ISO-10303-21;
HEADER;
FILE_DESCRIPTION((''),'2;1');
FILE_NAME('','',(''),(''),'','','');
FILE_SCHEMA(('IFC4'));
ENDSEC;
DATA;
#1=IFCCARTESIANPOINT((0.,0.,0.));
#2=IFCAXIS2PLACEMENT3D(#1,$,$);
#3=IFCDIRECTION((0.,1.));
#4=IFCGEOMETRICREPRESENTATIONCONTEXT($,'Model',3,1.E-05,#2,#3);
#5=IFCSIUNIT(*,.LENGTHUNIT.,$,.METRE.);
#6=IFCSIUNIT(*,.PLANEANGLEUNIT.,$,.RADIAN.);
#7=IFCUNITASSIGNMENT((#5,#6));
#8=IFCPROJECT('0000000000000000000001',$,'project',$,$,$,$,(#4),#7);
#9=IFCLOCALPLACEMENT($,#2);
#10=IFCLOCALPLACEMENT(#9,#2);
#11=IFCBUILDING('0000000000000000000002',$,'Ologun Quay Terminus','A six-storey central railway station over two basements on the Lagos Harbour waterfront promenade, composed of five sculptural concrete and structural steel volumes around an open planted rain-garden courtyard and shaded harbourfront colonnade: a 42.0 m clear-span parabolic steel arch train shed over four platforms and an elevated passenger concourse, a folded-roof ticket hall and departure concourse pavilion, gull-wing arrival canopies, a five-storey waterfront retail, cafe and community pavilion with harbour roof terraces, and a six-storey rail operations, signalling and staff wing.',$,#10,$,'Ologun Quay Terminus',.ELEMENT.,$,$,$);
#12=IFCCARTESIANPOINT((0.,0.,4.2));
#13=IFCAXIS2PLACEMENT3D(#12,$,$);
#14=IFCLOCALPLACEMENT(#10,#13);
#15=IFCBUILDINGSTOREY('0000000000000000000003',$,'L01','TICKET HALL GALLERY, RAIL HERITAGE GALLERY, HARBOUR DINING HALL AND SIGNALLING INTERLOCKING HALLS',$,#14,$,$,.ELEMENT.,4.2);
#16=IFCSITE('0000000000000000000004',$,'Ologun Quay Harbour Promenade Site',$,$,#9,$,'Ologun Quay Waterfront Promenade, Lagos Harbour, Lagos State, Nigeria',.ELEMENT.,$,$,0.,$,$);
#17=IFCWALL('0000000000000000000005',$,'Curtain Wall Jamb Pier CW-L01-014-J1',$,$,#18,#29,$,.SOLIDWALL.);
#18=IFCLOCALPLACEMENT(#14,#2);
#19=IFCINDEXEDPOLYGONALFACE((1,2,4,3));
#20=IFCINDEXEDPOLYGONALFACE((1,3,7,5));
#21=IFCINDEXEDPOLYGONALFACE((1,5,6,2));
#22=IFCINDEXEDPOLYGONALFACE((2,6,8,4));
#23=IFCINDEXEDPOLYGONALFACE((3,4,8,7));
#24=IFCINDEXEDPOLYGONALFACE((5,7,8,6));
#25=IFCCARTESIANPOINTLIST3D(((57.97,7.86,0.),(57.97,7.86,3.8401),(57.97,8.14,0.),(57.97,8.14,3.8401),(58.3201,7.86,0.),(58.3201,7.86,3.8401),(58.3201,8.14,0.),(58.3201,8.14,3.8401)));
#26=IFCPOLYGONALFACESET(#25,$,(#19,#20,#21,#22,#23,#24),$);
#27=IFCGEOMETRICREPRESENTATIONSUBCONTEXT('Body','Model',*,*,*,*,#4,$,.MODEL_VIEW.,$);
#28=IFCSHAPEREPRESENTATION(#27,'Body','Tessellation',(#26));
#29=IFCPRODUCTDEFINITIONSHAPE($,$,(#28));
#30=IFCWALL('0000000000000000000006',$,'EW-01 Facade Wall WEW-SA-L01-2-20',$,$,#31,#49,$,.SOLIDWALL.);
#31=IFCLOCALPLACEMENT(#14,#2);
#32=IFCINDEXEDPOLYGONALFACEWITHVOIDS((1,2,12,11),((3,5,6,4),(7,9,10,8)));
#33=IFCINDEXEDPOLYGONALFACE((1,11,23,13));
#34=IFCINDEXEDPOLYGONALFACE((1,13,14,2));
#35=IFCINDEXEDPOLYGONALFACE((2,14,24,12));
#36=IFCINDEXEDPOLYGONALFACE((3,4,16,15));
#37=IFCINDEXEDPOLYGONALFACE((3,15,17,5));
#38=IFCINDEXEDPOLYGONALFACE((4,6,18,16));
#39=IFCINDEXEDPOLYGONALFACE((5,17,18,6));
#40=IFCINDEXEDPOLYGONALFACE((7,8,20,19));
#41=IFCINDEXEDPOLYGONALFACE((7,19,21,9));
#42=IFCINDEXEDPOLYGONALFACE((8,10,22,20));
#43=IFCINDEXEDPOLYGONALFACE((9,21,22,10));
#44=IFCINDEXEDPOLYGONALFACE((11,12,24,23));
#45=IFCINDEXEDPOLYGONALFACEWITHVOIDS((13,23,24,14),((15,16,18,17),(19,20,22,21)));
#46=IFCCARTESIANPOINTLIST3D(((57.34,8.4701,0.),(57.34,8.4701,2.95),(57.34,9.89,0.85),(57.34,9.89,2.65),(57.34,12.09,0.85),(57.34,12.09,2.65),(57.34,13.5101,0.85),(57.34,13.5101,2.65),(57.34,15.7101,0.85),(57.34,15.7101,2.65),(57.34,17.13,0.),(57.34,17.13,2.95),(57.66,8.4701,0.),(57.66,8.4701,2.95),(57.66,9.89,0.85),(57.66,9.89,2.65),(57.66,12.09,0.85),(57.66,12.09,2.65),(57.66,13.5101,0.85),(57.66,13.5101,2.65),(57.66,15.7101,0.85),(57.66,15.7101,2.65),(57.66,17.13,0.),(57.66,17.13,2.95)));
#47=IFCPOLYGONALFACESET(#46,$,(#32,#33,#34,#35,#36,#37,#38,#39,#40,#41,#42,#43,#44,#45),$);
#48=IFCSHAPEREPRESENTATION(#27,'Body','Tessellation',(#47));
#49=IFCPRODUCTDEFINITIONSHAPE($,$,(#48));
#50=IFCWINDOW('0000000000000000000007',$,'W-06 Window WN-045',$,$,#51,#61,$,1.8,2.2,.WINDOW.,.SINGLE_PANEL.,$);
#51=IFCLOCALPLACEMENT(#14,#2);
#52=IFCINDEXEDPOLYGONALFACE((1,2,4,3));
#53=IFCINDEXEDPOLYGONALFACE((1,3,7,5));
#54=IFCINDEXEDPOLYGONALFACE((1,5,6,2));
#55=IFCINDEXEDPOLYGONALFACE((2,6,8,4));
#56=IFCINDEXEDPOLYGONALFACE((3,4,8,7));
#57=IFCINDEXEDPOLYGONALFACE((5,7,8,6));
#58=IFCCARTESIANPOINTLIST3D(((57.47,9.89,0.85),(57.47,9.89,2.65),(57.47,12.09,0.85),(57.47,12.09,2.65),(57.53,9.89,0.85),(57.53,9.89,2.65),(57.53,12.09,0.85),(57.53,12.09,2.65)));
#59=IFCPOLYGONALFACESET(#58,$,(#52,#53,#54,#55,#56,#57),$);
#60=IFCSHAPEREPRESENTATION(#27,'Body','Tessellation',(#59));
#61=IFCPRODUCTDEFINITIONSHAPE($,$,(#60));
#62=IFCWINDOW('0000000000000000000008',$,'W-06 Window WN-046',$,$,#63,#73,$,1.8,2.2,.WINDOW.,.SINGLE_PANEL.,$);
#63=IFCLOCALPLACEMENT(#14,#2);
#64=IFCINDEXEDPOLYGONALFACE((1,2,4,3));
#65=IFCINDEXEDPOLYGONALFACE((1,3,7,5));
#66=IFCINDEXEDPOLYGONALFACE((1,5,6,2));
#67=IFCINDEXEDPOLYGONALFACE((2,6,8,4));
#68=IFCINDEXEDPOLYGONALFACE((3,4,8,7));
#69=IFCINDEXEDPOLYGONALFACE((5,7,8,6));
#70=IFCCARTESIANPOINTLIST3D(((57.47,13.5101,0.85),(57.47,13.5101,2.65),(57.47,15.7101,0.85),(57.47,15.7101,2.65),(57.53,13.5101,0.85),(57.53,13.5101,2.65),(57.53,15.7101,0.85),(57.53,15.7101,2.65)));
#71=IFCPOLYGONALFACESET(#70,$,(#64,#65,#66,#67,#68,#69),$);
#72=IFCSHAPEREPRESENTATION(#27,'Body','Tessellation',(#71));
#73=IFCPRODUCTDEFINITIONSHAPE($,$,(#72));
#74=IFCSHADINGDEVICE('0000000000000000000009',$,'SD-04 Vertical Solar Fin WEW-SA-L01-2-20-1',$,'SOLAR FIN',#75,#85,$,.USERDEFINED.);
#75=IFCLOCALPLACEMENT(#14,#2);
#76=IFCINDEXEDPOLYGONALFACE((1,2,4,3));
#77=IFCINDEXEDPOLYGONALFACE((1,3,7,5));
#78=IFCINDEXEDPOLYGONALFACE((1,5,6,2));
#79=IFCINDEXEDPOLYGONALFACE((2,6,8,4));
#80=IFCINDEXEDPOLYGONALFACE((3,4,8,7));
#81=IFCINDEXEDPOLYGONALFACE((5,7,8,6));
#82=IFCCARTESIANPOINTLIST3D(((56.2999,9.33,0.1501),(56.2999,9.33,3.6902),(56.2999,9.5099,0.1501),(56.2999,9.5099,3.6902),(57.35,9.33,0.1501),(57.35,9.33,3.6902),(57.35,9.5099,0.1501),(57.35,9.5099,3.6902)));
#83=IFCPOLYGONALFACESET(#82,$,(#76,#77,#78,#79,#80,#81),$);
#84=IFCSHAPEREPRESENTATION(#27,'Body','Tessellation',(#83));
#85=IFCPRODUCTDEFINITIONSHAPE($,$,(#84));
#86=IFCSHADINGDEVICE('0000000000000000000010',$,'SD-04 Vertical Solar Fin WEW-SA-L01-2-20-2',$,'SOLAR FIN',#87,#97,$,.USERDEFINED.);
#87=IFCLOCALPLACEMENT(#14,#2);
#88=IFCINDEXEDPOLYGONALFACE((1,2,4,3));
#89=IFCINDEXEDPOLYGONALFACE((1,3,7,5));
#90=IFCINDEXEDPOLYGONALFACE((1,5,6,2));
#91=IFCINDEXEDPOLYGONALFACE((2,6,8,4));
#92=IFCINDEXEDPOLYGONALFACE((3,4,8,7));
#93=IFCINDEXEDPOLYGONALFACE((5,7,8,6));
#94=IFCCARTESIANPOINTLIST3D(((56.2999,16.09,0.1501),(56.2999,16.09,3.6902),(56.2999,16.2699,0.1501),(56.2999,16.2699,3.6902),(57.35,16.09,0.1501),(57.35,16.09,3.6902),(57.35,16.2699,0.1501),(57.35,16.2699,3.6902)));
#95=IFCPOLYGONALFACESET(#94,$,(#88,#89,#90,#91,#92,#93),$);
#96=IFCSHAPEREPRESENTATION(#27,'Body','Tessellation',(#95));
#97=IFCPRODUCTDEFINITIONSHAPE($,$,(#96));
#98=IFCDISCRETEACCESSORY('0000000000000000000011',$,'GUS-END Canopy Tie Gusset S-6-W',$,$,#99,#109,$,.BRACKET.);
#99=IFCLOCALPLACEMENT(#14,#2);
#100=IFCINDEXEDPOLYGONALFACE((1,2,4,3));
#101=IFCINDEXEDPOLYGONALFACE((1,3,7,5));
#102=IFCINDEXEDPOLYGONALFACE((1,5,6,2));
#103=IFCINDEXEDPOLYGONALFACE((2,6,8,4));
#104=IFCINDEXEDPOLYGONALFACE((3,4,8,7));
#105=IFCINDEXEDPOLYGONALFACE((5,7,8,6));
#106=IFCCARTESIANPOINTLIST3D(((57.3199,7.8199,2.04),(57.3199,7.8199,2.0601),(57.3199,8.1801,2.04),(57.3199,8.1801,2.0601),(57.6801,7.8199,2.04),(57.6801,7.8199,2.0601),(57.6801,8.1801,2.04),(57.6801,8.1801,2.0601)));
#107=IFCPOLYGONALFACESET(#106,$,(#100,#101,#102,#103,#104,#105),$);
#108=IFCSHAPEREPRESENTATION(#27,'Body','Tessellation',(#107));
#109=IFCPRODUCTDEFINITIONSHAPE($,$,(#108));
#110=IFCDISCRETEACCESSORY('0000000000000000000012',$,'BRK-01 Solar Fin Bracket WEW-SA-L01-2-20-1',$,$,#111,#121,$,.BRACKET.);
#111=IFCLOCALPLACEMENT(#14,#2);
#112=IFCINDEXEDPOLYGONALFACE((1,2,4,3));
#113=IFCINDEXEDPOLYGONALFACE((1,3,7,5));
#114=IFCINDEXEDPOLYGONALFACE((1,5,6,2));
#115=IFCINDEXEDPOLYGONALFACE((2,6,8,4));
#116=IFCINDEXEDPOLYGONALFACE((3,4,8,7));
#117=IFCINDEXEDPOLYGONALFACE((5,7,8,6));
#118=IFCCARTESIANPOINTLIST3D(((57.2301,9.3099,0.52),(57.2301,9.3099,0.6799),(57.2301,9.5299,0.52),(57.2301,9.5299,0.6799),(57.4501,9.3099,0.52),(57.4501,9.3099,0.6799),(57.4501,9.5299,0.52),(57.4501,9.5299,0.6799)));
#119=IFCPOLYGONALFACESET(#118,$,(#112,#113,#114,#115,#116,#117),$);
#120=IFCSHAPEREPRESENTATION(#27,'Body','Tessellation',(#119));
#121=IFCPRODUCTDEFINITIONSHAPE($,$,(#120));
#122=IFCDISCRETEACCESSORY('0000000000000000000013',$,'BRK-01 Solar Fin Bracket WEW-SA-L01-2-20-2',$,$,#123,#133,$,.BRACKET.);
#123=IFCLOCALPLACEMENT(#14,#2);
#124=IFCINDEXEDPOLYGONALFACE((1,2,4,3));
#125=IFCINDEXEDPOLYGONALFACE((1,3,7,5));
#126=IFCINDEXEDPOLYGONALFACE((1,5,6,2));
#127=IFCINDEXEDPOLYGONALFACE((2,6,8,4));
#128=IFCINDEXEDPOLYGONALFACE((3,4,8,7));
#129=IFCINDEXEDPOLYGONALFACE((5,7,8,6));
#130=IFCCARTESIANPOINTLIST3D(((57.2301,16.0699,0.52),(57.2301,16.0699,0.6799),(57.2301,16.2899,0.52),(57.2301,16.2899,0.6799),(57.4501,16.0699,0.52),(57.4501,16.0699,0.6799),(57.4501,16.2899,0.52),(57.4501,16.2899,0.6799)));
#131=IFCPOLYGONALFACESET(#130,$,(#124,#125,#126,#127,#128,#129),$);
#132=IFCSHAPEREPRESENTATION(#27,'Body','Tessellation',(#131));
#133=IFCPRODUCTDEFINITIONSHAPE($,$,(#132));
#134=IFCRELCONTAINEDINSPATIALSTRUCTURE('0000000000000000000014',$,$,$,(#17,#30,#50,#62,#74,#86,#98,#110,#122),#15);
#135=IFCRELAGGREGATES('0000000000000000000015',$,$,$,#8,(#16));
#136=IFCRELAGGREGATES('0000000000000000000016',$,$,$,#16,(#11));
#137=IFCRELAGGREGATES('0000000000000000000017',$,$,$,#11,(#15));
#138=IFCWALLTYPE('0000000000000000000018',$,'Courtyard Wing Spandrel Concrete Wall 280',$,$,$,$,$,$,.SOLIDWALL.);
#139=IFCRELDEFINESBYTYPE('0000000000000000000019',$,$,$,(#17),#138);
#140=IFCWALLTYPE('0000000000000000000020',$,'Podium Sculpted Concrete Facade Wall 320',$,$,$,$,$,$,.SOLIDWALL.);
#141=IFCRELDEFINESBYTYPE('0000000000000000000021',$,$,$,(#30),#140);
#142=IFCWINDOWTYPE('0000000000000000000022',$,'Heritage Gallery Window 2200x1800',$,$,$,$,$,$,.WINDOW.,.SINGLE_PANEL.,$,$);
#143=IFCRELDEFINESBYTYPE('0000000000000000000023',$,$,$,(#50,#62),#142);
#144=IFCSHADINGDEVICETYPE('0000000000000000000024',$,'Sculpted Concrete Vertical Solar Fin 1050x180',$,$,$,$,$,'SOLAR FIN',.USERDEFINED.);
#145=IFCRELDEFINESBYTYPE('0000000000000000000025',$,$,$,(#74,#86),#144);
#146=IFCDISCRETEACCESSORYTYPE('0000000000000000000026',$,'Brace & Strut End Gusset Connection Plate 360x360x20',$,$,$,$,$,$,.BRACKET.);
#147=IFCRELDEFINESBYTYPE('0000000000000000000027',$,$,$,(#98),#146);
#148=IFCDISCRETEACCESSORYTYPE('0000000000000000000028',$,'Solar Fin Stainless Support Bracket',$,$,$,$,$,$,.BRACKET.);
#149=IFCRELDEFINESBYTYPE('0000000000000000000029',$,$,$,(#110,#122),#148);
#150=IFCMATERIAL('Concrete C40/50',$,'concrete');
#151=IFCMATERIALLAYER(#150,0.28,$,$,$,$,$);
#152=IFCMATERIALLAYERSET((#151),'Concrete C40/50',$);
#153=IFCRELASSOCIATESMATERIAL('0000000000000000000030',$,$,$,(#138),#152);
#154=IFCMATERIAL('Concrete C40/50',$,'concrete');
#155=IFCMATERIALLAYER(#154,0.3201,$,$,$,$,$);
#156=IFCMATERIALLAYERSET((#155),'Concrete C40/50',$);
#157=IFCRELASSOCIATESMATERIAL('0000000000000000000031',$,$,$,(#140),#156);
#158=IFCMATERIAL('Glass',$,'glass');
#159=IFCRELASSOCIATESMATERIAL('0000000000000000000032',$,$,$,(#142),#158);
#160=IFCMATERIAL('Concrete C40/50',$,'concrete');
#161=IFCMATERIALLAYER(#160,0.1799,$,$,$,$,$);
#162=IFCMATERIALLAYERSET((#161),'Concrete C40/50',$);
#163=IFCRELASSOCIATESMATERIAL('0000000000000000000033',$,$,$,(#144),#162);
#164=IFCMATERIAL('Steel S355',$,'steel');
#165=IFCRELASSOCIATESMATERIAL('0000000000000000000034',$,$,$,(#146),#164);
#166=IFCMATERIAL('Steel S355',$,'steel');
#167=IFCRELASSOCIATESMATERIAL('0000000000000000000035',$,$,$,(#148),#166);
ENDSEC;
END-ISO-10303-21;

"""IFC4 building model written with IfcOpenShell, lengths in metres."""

from ifc_helpers import new_model, si_unit, direction, frame, frame_2d, origin, origin_2d, place, context, subcontext, project, spatial, rectangle, extrude, material, layer, layer_set, type_object, element, fill, save


model = new_model("IFC4")

# Units and contexts
model_context = context("Model", 3, precision=1e-05, world=origin(), true_north=direction((0.0, 1.0)))
body_context = subcontext(model_context, "Body", "Model", "MODEL_VIEW")
ifc_project = project(units=[si_unit("LENGTHUNIT", "METRE"), si_unit("PLANEANGLEUNIT", "RADIAN")], contexts=[model_context])

# Site, building, storey
site_placement = place(None, origin())
site = spatial("IfcSite", under=ifc_project, at=site_placement, Name="Ologun Quay Harbour Promenade Site", LongName="Ologun Quay Waterfront Promenade, Lagos Harbour, Lagos State, Nigeria", CompositionType="ELEMENT", RefElevation=0.0)
building_placement = place(site_placement, origin())
building = spatial("IfcBuilding", under=site, at=building_placement, Name="Ologun Quay Terminus", Description="A six-storey central railway station over two basements on the Lagos Harbour waterfront promenade, composed of five sculptural concrete and structural steel volumes around an open planted rain-garden courtyard and shaded harbourfront colonnade: a 42.0 m clear-span parabolic steel arch train shed over four platforms and an elevated passenger concourse, a folded-roof ticket hall and departure concourse pavilion, gull-wing arrival canopies, a five-storey waterfront retail, cafe and community pavilion with harbour roof terraces, and a six-storey rail operations, signalling and staff wing.", LongName="Ologun Quay Terminus", CompositionType="ELEMENT")
storey_placement = place(building_placement, frame((0.0, 0.0, 4.2)))
storey = spatial("IfcBuildingStorey", under=building, at=storey_placement, Name="L01", Description="TICKET HALL GALLERY, RAIL HERITAGE GALLERY, HARBOUR DINING HALL AND SIGNALLING INTERLOCKING HALLS", CompositionType="ELEMENT", Elevation=4.2)

# Wall
ifc_material_1 = material(Name="Concrete C40/50", Category="concrete")
ifc_layer_1 = layer(ifc_material_1, 0.28)
ifc_layer_set_1 = layer_set([ifc_layer_1], Name="Concrete C40/50")
wall_type_1 = type_object("IfcWallType", Name="Courtyard Wing Spandrel Concrete Wall 280", PredefinedType="SOLIDWALL", material=ifc_layer_set_1)
wall_1_placement = place(storey_placement, frame((57.97, 8.0, 0.0), z_axis=(0.0, 0.0, 1.0), x_axis=(1.0, 0.0, 0.0)))
element("IfcWall", 1, at=wall_1_placement, inside=storey, type_object=wall_type_1, Name="Curtain Wall Jamb Pier CW-L01-014-J1", PredefinedType="SOLIDWALL", context=body_context, shape_type="SweptSolid", body=[
    extrude(rectangle(XDim=0.3501, YDim=0.28, at=frame_2d((0.175, 0.0))), origin(), (0.0, 0.0, 1.0), 3.8401),
])

# Wall, openings, windows
ifc_material_2 = material(Name="Concrete C40/50", Category="concrete")
ifc_layer_2 = layer(ifc_material_2, 0.3201)
ifc_layer_set_2 = layer_set([ifc_layer_2], Name="Concrete C40/50")
wall_type_2 = type_object("IfcWallType", Name="Podium Sculpted Concrete Facade Wall 320", PredefinedType="SOLIDWALL", material=ifc_layer_set_2)
wall_2_placement = place(storey_placement, frame((57.5, 8.47, 0.0), z_axis=(0.0, 0.0, 1.0), x_axis=(0.0, 1.0, 0.0)))
wall_2 = element("IfcWall", 2, at=wall_2_placement, inside=storey, type_object=wall_type_2, Name="EW-01 Facade Wall WEW-SA-L01-2-20", PredefinedType="SOLIDWALL", context=body_context, shape_type="SweptSolid", body=[
    extrude(rectangle(XDim=8.6599, YDim=0.3201, at=frame_2d((4.3301, 0.0))), origin(), (0.0, 0.0, 1.0), 2.95),
])
opening_1_placement = place(wall_2_placement, frame((1.4199, 0.0, 0.8501)))
opening_1 = element("IfcOpeningElement", 3, at=opening_1_placement, cuts=wall_2, PredefinedType="OPENING", context=body_context, shape_type="SweptSolid", body=[
    extrude(rectangle(XDim=2.2, YDim=1.8, at=frame_2d((1.1001, 0.8999))), frame((0.0, 0.1699, 0.0), z_axis=(0.0, -1.0, 0.0), x_axis=(1.0, 0.0, 0.0)), (0.0, 0.0, 1.0), 0.3401),
])
opening_2_placement = place(wall_2_placement, frame((5.04, 0.0, 0.8501)))
opening_2 = element("IfcOpeningElement", 4, at=opening_2_placement, cuts=wall_2, PredefinedType="OPENING", context=body_context, shape_type="SweptSolid", body=[
    extrude(rectangle(XDim=2.2, YDim=1.8, at=frame_2d((1.1001, 0.8999))), frame((0.0, 0.1699, 0.0), z_axis=(0.0, -1.0, 0.0), x_axis=(1.0, 0.0, 0.0)), (0.0, 0.0, 1.0), 0.3401),
])
ifc_material_3 = material(Name="Glass", Category="glass")
window_type = type_object("IfcWindowType", Name="Heritage Gallery Window 2200x1800", PartitioningType="SINGLE_PANEL", PredefinedType="WINDOW", material=ifc_material_3)
window_1_placement = place(opening_1_placement, origin())
window_1 = element("IfcWindow", 5, at=window_1_placement, inside=storey, type_object=window_type, Name="W-06 Window WN-045", OverallHeight=1.8, OverallWidth=2.2, PartitioningType="SINGLE_PANEL", PredefinedType="WINDOW", context=body_context, shape_type="SweptSolid", body=[
    extrude(rectangle(XDim=2.2, YDim=1.8, at=frame_2d((1.1001, 0.8999))), frame((0.0, 0.03, 0.0), z_axis=(0.0, -1.0, 0.0), x_axis=(1.0, 0.0, 0.0)), (0.0, 0.0, 1.0), 0.0601),
])
fill(opening_1, window_1)
window_2_placement = place(opening_2_placement, origin())
window_2 = element("IfcWindow", 6, at=window_2_placement, inside=storey, type_object=window_type, Name="W-06 Window WN-046", OverallHeight=1.8, OverallWidth=2.2, PartitioningType="SINGLE_PANEL", PredefinedType="WINDOW", context=body_context, shape_type="SweptSolid", body=[
    extrude(rectangle(XDim=2.2, YDim=1.8, at=frame_2d((1.1001, 0.8999))), frame((0.0, 0.03, 0.0), z_axis=(0.0, -1.0, 0.0), x_axis=(1.0, 0.0, 0.0)), (0.0, 0.0, 1.0), 0.0601),
])
fill(opening_2, window_2)

# Shading devices
ifc_material_4 = material(Name="Concrete C40/50", Category="concrete")
ifc_layer_3 = layer(ifc_material_4, 0.1799)
ifc_layer_set_3 = layer_set([ifc_layer_3], Name="Concrete C40/50")
shading_device_type = type_object("IfcShadingDeviceType", Name="Sculpted Concrete Vertical Solar Fin 1050x180", ElementType="SOLAR FIN", PredefinedType="USERDEFINED", material=ifc_layer_set_3)
for number, where, z_axis, x_axis, name in (
    (7, (56.825, 9.4199, 0.1501), (0.0, 0.0, 1.0), (1.0, 0.0, 0.0), "SD-04 Vertical Solar Fin WEW-SA-L01-2-20-1"),
    (8, (56.825, 16.1799, 0.1501), (0.0, 0.0, 1.0), (1.0, 0.0, 0.0), "SD-04 Vertical Solar Fin WEW-SA-L01-2-20-2"),
):
    element("IfcShadingDevice", number, at=place(storey_placement, frame(where, z_axis=z_axis, x_axis=x_axis)), inside=storey, type_object=shading_device_type, Name=name, ObjectType="SOLAR FIN", PredefinedType="USERDEFINED", context=body_context, shape_type="SweptSolid", body=[
        extrude(rectangle(XDim=1.05, YDim=0.1799, at=origin_2d()), origin(), (0.0, 0.0, 1.0), 3.54),
    ])

# Discrete accessories
ifc_material_5 = material(Name="Steel S355", Category="steel")
discrete_accessory_type_1 = type_object("IfcDiscreteAccessoryType", Name="Brace & Strut End Gusset Connection Plate 360x360x20", PredefinedType="BRACKET", material=ifc_material_5)
discrete_accessory_placement = place(storey_placement, frame((57.5, 8.0, 2.04), z_axis=(0.0, 0.0, 1.0), x_axis=(1.0, 0.0, 0.0)))
element("IfcDiscreteAccessory", 9, at=discrete_accessory_placement, inside=storey, type_object=discrete_accessory_type_1, Name="GUS-END Canopy Tie Gusset S-6-W", PredefinedType="BRACKET", context=body_context, shape_type="SweptSolid", body=[
    extrude(rectangle(XDim=0.3601, YDim=0.3601, at=origin_2d()), origin(), (0.0, 0.0, 1.0), 0.02),
])
ifc_material_6 = material(Name="Steel S355", Category="steel")
discrete_accessory_type_2 = type_object("IfcDiscreteAccessoryType", Name="Solar Fin Stainless Support Bracket", PredefinedType="BRACKET", material=ifc_material_6)
for number, where, z_axis, x_axis, name in (
    (10, (57.3401, 9.4199, 0.52), (0.0, 0.0, 1.0), (1.0, 0.0, 0.0), "BRK-01 Solar Fin Bracket WEW-SA-L01-2-20-1"),
    (11, (57.3401, 16.1799, 0.52), (0.0, 0.0, 1.0), (1.0, 0.0, 0.0), "BRK-01 Solar Fin Bracket WEW-SA-L01-2-20-2"),
):
    element("IfcDiscreteAccessory", number, at=place(storey_placement, frame(where, z_axis=z_axis, x_axis=x_axis)), inside=storey, type_object=discrete_accessory_type_2, Name=name, PredefinedType="BRACKET", context=body_context, shape_type="SweptSolid", body=[
        extrude(rectangle(XDim=0.22, YDim=0.22, at=origin_2d()), origin(), (0.0, 0.0, 1.0), 0.1599),
    ])

save(model, "model.ifc")
